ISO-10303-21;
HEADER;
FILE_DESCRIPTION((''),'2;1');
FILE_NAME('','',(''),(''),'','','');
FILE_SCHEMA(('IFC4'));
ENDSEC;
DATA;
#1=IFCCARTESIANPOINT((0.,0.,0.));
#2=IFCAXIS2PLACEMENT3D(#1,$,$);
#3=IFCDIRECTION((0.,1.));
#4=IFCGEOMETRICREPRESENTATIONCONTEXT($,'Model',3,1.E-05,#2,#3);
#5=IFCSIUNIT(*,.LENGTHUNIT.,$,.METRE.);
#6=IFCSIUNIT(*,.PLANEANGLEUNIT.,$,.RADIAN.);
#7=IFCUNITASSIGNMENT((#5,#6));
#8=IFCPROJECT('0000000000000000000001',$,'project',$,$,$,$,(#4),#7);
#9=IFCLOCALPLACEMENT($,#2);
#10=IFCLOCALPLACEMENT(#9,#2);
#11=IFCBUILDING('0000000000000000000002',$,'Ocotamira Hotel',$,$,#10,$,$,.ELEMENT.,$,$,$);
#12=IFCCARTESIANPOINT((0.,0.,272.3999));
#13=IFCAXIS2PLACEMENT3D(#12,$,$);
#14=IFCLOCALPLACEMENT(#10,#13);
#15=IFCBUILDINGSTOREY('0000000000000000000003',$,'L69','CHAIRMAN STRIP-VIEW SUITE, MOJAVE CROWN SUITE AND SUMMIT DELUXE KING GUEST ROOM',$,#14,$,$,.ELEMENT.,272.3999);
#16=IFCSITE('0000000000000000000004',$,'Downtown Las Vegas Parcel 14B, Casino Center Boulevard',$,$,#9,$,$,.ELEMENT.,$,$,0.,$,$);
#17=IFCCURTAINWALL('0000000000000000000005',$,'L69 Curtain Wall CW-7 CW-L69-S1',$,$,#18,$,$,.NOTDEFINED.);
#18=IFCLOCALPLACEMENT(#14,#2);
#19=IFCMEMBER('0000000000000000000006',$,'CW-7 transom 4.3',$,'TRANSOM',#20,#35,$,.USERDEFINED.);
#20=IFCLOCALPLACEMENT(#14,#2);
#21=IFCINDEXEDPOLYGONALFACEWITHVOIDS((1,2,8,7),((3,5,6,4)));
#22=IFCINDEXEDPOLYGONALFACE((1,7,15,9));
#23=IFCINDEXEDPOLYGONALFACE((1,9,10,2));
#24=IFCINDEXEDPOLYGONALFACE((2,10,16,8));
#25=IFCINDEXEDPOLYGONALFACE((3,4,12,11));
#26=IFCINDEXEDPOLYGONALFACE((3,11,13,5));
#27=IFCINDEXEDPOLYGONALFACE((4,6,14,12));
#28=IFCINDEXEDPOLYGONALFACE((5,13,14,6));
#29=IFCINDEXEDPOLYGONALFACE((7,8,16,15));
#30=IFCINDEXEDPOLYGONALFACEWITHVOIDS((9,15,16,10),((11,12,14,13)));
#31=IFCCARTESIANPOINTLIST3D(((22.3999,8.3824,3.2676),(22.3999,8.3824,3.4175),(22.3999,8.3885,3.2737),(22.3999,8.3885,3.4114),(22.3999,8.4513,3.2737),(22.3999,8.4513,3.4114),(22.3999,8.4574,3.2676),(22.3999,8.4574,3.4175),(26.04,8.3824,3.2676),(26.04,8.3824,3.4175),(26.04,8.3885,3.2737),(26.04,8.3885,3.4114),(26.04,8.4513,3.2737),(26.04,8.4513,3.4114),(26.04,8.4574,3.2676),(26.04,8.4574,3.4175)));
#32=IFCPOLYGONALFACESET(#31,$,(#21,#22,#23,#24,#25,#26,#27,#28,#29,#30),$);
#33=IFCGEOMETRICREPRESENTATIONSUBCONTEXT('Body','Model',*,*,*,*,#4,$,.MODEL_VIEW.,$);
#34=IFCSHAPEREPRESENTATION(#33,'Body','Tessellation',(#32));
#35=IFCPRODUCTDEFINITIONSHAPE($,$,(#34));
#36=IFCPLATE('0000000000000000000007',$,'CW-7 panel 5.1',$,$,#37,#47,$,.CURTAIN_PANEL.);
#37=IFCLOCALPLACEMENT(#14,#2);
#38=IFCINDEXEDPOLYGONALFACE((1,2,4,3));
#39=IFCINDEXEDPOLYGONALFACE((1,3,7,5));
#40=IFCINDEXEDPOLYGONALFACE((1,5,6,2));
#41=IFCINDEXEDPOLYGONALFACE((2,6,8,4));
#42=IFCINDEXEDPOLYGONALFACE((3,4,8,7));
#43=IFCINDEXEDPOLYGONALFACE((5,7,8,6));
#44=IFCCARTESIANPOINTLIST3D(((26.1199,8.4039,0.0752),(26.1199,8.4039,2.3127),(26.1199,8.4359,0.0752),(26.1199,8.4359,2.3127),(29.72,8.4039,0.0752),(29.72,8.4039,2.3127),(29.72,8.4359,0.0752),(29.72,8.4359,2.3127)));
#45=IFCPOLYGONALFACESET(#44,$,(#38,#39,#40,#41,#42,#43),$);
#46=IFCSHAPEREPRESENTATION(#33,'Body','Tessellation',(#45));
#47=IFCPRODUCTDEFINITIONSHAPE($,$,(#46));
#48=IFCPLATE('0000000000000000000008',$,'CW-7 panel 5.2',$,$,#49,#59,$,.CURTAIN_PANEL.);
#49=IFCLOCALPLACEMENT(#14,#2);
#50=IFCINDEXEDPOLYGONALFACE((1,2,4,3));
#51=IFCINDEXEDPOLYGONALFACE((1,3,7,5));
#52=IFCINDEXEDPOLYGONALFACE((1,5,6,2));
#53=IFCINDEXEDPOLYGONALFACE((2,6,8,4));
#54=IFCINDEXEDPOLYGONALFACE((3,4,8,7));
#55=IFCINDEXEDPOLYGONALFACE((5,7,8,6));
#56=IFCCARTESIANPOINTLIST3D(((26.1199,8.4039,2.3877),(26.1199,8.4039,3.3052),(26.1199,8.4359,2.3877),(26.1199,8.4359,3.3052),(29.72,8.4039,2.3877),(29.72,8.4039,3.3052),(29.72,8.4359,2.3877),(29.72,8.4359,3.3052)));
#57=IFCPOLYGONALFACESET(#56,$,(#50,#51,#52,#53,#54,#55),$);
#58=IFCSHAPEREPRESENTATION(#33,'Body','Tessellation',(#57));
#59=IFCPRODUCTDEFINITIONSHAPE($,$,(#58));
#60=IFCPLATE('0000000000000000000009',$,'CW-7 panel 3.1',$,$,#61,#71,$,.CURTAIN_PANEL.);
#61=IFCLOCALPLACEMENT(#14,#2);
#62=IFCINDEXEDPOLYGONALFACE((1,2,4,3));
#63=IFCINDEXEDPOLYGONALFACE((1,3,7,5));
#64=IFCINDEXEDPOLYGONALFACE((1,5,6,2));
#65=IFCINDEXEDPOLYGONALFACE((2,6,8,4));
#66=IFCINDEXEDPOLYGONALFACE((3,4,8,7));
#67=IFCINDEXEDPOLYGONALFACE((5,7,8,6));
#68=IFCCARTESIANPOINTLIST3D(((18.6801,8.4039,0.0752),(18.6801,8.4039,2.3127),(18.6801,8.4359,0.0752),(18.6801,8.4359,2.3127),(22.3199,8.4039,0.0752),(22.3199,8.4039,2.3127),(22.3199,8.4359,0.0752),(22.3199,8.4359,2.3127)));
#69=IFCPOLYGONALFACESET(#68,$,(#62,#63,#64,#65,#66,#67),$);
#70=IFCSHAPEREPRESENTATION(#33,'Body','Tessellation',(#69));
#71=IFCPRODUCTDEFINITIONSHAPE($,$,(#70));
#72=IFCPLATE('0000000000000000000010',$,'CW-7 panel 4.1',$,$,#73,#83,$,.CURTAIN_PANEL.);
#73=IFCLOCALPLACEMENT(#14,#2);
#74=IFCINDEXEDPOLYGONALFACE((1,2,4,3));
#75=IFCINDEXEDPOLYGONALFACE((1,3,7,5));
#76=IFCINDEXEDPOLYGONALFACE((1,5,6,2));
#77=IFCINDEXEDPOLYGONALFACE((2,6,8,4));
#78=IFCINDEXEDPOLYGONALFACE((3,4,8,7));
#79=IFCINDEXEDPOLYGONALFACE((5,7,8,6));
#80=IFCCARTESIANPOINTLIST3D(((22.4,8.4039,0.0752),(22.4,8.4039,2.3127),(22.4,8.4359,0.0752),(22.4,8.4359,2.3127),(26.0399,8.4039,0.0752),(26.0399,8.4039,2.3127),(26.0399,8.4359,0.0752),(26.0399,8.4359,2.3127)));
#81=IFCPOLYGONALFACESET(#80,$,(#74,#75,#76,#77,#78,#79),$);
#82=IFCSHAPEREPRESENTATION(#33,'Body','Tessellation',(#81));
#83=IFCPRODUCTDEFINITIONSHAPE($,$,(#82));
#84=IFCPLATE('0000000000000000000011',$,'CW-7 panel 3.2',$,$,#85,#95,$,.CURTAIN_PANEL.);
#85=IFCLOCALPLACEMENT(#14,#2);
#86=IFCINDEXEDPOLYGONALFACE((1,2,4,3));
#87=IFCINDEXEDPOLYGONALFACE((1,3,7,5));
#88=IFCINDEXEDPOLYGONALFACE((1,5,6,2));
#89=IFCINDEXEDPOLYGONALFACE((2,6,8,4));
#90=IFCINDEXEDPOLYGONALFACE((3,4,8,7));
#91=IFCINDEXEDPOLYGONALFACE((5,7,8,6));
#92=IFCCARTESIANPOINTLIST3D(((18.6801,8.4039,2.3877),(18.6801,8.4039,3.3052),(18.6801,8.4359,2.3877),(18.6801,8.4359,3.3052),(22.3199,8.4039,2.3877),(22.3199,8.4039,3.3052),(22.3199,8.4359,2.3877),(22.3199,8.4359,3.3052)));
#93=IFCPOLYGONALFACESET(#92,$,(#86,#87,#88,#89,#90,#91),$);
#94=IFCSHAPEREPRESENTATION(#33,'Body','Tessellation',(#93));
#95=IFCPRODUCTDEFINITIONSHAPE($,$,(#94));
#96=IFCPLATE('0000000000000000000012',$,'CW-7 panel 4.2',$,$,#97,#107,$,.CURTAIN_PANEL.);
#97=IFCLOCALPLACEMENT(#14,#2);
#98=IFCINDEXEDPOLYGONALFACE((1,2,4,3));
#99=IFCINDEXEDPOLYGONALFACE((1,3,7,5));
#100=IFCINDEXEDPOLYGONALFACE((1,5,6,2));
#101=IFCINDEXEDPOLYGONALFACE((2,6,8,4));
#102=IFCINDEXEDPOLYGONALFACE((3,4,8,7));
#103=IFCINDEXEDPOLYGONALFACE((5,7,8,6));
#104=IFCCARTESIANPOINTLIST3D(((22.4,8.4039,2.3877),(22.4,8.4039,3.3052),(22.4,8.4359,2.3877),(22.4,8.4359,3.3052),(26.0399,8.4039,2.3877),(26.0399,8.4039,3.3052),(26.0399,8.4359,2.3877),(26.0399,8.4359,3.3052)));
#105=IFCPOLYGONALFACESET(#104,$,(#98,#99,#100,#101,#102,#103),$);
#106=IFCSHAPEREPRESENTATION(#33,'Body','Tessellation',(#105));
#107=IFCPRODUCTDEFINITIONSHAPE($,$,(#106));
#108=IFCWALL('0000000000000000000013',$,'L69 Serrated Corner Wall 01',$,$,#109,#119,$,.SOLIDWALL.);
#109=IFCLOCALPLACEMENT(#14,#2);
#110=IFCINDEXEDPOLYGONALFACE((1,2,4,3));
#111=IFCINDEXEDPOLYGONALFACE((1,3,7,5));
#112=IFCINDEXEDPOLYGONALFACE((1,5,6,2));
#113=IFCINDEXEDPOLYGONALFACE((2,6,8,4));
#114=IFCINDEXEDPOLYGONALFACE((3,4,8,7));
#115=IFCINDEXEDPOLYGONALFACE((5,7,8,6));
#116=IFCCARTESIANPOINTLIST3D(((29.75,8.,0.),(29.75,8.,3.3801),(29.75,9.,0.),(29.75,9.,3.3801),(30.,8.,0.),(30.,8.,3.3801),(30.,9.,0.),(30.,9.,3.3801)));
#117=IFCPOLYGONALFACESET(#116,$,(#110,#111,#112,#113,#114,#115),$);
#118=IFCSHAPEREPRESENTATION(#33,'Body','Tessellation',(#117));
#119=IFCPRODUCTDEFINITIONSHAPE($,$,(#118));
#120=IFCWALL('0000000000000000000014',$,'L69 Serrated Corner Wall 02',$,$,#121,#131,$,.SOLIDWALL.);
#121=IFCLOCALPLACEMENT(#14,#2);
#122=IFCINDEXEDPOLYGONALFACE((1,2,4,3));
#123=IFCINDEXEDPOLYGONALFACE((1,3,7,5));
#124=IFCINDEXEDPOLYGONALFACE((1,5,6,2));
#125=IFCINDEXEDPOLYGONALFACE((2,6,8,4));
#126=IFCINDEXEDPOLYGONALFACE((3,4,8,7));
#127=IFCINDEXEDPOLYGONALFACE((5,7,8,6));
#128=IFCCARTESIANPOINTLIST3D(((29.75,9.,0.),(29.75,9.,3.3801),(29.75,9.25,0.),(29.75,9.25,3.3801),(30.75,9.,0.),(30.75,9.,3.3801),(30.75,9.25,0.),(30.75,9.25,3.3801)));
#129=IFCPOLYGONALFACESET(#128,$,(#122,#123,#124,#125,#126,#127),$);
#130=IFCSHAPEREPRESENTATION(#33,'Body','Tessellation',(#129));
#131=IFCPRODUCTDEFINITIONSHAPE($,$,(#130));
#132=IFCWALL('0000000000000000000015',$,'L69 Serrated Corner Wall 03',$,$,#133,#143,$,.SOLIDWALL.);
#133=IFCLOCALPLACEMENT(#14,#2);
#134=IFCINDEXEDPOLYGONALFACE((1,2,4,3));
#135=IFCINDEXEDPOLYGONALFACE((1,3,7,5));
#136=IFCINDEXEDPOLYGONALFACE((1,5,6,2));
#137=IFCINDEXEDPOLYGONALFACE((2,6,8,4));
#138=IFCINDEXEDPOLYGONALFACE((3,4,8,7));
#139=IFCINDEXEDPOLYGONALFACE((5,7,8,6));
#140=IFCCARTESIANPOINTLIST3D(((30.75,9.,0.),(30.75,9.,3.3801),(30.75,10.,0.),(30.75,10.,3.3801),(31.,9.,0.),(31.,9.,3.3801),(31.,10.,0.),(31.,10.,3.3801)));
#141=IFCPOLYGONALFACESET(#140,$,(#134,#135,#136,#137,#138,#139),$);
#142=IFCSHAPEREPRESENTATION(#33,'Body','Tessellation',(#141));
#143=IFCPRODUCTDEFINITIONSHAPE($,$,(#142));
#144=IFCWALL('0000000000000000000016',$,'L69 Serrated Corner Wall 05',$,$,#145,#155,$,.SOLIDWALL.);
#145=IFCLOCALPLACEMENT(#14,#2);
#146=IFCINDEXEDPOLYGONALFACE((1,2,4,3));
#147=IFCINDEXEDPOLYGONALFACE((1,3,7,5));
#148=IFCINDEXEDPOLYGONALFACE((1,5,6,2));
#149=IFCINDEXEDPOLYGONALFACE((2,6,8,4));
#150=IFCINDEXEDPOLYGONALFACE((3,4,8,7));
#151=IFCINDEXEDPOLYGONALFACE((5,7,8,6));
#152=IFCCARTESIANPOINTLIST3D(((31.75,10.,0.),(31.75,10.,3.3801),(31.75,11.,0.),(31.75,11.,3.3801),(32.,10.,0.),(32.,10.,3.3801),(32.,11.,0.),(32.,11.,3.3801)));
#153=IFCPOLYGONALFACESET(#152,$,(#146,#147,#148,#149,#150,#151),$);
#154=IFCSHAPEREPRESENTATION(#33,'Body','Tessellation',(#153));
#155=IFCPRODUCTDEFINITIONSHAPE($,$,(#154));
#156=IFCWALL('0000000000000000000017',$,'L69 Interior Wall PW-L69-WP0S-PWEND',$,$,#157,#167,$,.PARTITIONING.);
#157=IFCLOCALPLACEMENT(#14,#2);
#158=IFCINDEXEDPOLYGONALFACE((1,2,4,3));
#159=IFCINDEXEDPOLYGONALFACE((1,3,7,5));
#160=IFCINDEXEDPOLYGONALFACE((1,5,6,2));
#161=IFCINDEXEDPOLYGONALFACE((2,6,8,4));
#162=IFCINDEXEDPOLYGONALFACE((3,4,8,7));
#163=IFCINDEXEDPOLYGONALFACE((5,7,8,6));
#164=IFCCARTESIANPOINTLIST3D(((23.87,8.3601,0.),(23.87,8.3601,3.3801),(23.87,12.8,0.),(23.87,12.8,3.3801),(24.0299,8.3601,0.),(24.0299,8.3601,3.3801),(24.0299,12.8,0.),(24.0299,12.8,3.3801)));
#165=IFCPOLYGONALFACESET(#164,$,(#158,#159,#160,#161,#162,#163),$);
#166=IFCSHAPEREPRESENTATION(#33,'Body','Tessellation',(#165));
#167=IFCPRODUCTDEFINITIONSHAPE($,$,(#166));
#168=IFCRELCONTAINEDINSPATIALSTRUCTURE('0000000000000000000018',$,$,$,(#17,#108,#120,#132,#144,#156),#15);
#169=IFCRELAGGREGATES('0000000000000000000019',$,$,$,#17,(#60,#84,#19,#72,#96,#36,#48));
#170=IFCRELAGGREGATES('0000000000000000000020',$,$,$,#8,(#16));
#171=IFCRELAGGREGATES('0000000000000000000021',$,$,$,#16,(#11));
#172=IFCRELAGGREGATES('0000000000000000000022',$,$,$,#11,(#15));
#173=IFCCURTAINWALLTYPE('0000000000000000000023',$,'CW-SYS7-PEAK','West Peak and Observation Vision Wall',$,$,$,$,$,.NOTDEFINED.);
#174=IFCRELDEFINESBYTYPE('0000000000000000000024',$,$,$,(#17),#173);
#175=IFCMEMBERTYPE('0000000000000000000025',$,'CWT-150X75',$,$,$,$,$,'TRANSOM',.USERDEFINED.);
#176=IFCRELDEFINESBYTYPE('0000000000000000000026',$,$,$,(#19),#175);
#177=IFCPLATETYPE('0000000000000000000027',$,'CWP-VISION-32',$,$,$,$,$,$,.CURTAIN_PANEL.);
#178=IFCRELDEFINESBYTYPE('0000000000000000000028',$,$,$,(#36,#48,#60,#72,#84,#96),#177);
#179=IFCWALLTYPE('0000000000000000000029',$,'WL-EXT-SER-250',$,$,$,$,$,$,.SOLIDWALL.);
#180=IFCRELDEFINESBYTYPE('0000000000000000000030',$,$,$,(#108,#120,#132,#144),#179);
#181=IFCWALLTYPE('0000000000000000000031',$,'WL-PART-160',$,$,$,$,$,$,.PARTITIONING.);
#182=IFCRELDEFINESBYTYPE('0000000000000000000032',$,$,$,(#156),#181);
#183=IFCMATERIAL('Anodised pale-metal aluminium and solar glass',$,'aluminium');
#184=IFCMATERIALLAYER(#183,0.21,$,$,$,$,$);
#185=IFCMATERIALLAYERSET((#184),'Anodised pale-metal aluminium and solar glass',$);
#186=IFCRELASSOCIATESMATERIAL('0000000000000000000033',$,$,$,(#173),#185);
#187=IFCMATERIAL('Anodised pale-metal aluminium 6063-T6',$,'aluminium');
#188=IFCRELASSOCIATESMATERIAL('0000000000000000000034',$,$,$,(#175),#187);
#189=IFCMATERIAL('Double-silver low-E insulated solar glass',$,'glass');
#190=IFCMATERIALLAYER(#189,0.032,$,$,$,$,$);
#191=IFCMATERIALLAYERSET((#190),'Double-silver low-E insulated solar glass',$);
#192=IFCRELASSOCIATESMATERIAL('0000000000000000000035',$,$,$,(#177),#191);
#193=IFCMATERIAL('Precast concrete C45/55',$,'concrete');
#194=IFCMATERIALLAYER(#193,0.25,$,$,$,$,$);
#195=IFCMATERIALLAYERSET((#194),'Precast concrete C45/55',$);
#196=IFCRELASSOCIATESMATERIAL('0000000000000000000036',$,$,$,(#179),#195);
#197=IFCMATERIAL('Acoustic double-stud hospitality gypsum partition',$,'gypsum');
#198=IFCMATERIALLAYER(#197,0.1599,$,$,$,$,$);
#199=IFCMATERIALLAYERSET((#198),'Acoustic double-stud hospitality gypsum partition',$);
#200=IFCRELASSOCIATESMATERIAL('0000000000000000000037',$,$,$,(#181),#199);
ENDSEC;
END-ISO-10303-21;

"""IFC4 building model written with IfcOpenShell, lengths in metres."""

from ifc_helpers import new_model, si_unit, direction, frame, frame_2d, origin, origin_2d, place, context, subcontext, project, spatial, rectangle, hollow_rectangle, extrude, source, transform, mapped, material, layer, layer_set, material_profile, profile_set, type_object, element, aggregate, save


model = new_model("IFC4")

# Units and contexts
model_context = context("Model", 3, precision=1e-05, world=origin(), true_north=direction((0.0, 1.0)))
body_context = subcontext(model_context, "Body", "Model", "MODEL_VIEW")
ifc_project = project(units=[si_unit("LENGTHUNIT", "METRE"), si_unit("PLANEANGLEUNIT", "RADIAN")], contexts=[model_context])

# Site, building, storey
site_placement = place(None, origin())
site = spatial("IfcSite", under=ifc_project, at=site_placement, Name="Downtown Las Vegas Parcel 14B, Casino Center Boulevard", CompositionType="ELEMENT", RefElevation=0.0)
building_placement = place(site_placement, origin())
building = spatial("IfcBuilding", under=site, at=building_placement, Name="Ocotamira Hotel", CompositionType="ELEMENT")
storey_placement = place(building_placement, frame((0.0, 0.0, 272.3999)))
storey = spatial("IfcBuildingStorey", under=building, at=storey_placement, Name="L69", Description="CHAIRMAN STRIP-VIEW SUITE, MOJAVE CROWN SUITE AND SUMMIT DELUXE KING GUEST ROOM", CompositionType="ELEMENT", Elevation=272.3999)

# Curtain wall, member, plates
ifc_material_1 = material(Name="Anodised pale-metal aluminium and solar glass", Category="aluminium")
ifc_layer_1 = layer(ifc_material_1, 0.21)
ifc_layer_set_1 = layer_set([ifc_layer_1], Name="Anodised pale-metal aluminium and solar glass")
curtain_wall_type = type_object("IfcCurtainWallType", Name="CW-SYS7-PEAK", Description="West Peak and Observation Vision Wall", PredefinedType="NOTDEFINED", material=ifc_layer_set_1)
curtain_wall_placement = place(storey_placement, origin())
curtain_wall = element("IfcCurtainWall", 1, at=curtain_wall_placement, inside=storey, type_object=curtain_wall_type, Name="L69 Curtain Wall CW-7 CW-L69-S1", PredefinedType="NOTDEFINED")
ifc_material_2 = material(Name="Anodised pale-metal aluminium 6063-T6", Category="aluminium")
ifc_material_profile_1 = material_profile(ifc_material_2, hollow_rectangle(XDim=0.075, YDim=0.1499, WallThickness=0.0061, at=origin_2d()), Name="HSS150X75X6")
ifc_profile_set_1 = profile_set([ifc_material_profile_1], Name="Anodised pale-metal aluminium 6063-T6")
member_type_1 = type_object("IfcMemberType", Name="CWT-150X75", ElementType="TRANSOM", PredefinedType="USERDEFINED", material=ifc_profile_set_1)
shared_shape_1 = source(origin(), body_context, "Body", "SweptSolid", [
    extrude(hollow_rectangle(XDim=0.075, YDim=0.1499, WallThickness=0.0061, at=origin_2d()), origin(), (0.0, 0.0, 1.0), 3.6401),
])
member_1_placement = place(storey_placement, frame((22.3999, 8.4199, 3.3425), z_axis=(1.0, 0.0, 0.0), x_axis=(0.0, 1.0, 0.0)))
member_1 = element("IfcMember", 2, at=member_1_placement, type_object=member_type_1, Name="CW-7 transom 4.3", ObjectType="TRANSOM", PredefinedType="USERDEFINED", context=body_context, shape_type="MappedRepresentation", body=[
    mapped(shared_shape_1, transform((0.0, 0.0, 0.0), scale=1.0)),
])
ifc_material_3 = material(Name="Double-silver low-E insulated solar glass", Category="glass")
ifc_layer_2 = layer(ifc_material_3, 0.032)
ifc_layer_set_2 = layer_set([ifc_layer_2], Name="Double-silver low-E insulated solar glass")
plate_type = type_object("IfcPlateType", Name="CWP-VISION-32", PredefinedType="CURTAIN_PANEL", material=ifc_layer_set_2)
shared_shape_2 = source(origin(), body_context, "Body", "SweptSolid", [
    extrude(rectangle(XDim=3.6001, YDim=0.032, at=origin_2d()), origin(), (0.0, 0.0, 1.0), 2.2375),
])
plate_1_placement = place(storey_placement, frame((27.9199, 8.4199, 0.0752), z_axis=(0.0, 0.0, 1.0), x_axis=(1.0, 0.0, 0.0)))
plate_1 = element("IfcPlate", 3, at=plate_1_placement, type_object=plate_type, Name="CW-7 panel 5.1", PredefinedType="CURTAIN_PANEL", context=body_context, shape_type="MappedRepresentation", body=[
    mapped(shared_shape_2, transform((0.0, 0.0, 0.0), scale=1.0)),
])
shared_shape_3 = source(origin(), body_context, "Body", "SweptSolid", [
    extrude(rectangle(XDim=3.6001, YDim=0.032, at=origin_2d()), origin(), (0.0, 0.0, 1.0), 0.9175),
])
plate_2_placement = place(storey_placement, frame((27.9199, 8.4199, 2.3877), z_axis=(0.0, 0.0, 1.0), x_axis=(1.0, 0.0, 0.0)))
plate_2 = element("IfcPlate", 4, at=plate_2_placement, type_object=plate_type, Name="CW-7 panel 5.2", PredefinedType="CURTAIN_PANEL", context=body_context, shape_type="MappedRepresentation", body=[
    mapped(shared_shape_3, transform((0.0, 0.0, 0.0), scale=1.0)),
])
shared_shape_4 = source(origin(), body_context, "Body", "SweptSolid", [
    extrude(rectangle(XDim=3.6399, YDim=0.032, at=origin_2d()), origin(), (0.0, 0.0, 1.0), 2.2375),
])
plate_3_placement = place(storey_placement, frame((20.5, 8.4199, 0.0752), z_axis=(0.0, 0.0, 1.0), x_axis=(1.0, 0.0, 0.0)))
plate_3 = element("IfcPlate", 5, at=plate_3_placement, type_object=plate_type, Name="CW-7 panel 3.1", PredefinedType="CURTAIN_PANEL", context=body_context, shape_type="MappedRepresentation", body=[
    mapped(shared_shape_4, transform((0.0, 0.0, 0.0), scale=1.0)),
])
plate_4_placement = place(storey_placement, frame((24.22, 8.4199, 0.0752), z_axis=(0.0, 0.0, 1.0), x_axis=(1.0, 0.0, 0.0)))
plate_4 = element("IfcPlate", 6, at=plate_4_placement, type_object=plate_type, Name="CW-7 panel 4.1", PredefinedType="CURTAIN_PANEL", context=body_context, shape_type="MappedRepresentation", body=[
    mapped(shared_shape_4, transform((0.0, 0.0, 0.0), scale=1.0)),
])
shared_shape_5 = source(origin(), body_context, "Body", "SweptSolid", [
    extrude(rectangle(XDim=3.6399, YDim=0.032, at=origin_2d()), origin(), (0.0, 0.0, 1.0), 0.9175),
])
plate_5_placement = place(storey_placement, frame((20.5, 8.4199, 2.3877), z_axis=(0.0, 0.0, 1.0), x_axis=(1.0, 0.0, 0.0)))
plate_5 = element("IfcPlate", 7, at=plate_5_placement, type_object=plate_type, Name="CW-7 panel 3.2", PredefinedType="CURTAIN_PANEL", context=body_context, shape_type="MappedRepresentation", body=[
    mapped(shared_shape_5, transform((0.0, 0.0, 0.0), scale=1.0)),
])
plate_6_placement = place(storey_placement, frame((24.22, 8.4199, 2.3877), z_axis=(0.0, 0.0, 1.0), x_axis=(1.0, 0.0, 0.0)))
plate_6 = element("IfcPlate", 8, at=plate_6_placement, type_object=plate_type, Name="CW-7 panel 4.2", PredefinedType="CURTAIN_PANEL", context=body_context, shape_type="MappedRepresentation", body=[
    mapped(shared_shape_5, transform((0.0, 0.0, 0.0), scale=1.0)),
])
aggregate(curtain_wall, [plate_3, plate_5, member_1, plate_4, plate_6, plate_1, plate_2])

# Walls
ifc_material_4 = material(Name="Precast concrete C45/55", Category="concrete")
ifc_layer_3 = layer(ifc_material_4, 0.25)
ifc_layer_set_3 = layer_set([ifc_layer_3], Name="Precast concrete C45/55")
wall_type_1 = type_object("IfcWallType", Name="WL-EXT-SER-250", PredefinedType="SOLIDWALL", material=ifc_layer_set_3)
for number, where, z_axis, x_axis, name in (
    (9, (29.875, 8.0, 0.0), (0.0, 0.0, 1.0), (0.0, 1.0, 0.0), "L69 Serrated Corner Wall 01"),
    (10, (29.75, 9.125, 0.0), (0.0, 0.0, 1.0), (1.0, 0.0, 0.0), "L69 Serrated Corner Wall 02"),
    (11, (30.875, 9.0, 0.0), (0.0, 0.0, 1.0), (0.0, 1.0, 0.0), "L69 Serrated Corner Wall 03"),
    (12, (31.875, 10.0, 0.0), (0.0, 0.0, 1.0), (0.0, 1.0, 0.0), "L69 Serrated Corner Wall 05"),
):
    element("IfcWall", number, at=place(storey_placement, frame(where, z_axis=z_axis, x_axis=x_axis)), inside=storey, type_object=wall_type_1, Name=name, PredefinedType="SOLIDWALL", context=body_context, shape_type="SweptSolid", body=[
        extrude(rectangle(XDim=1.0, YDim=0.25, at=frame_2d((0.5, 0.0))), origin(), (0.0, 0.0, 1.0), 3.3801),
    ])
ifc_material_5 = material(Name="Acoustic double-stud hospitality gypsum partition", Category="gypsum")
ifc_layer_4 = layer(ifc_material_5, 0.1599)
ifc_layer_set_4 = layer_set([ifc_layer_4], Name="Acoustic double-stud hospitality gypsum partition")
wall_type_2 = type_object("IfcWallType", Name="WL-PART-160", PredefinedType="PARTITIONING", material=ifc_layer_set_4)
wall_placement = place(storey_placement, frame((23.95, 8.3601, 0.0), z_axis=(0.0, 0.0, 1.0), x_axis=(0.0, 1.0, 0.0)))
element("IfcWall", 13, at=wall_placement, inside=storey, type_object=wall_type_2, Name="L69 Interior Wall PW-L69-WP0S-PWEND", PredefinedType="PARTITIONING", context=body_context, shape_type="SweptSolid", body=[
    extrude(rectangle(XDim=4.4399, YDim=0.1599, at=frame_2d((2.22, 0.0))), origin(), (0.0, 0.0, 1.0), 3.3801),
])

save(model, "model.ifc")
